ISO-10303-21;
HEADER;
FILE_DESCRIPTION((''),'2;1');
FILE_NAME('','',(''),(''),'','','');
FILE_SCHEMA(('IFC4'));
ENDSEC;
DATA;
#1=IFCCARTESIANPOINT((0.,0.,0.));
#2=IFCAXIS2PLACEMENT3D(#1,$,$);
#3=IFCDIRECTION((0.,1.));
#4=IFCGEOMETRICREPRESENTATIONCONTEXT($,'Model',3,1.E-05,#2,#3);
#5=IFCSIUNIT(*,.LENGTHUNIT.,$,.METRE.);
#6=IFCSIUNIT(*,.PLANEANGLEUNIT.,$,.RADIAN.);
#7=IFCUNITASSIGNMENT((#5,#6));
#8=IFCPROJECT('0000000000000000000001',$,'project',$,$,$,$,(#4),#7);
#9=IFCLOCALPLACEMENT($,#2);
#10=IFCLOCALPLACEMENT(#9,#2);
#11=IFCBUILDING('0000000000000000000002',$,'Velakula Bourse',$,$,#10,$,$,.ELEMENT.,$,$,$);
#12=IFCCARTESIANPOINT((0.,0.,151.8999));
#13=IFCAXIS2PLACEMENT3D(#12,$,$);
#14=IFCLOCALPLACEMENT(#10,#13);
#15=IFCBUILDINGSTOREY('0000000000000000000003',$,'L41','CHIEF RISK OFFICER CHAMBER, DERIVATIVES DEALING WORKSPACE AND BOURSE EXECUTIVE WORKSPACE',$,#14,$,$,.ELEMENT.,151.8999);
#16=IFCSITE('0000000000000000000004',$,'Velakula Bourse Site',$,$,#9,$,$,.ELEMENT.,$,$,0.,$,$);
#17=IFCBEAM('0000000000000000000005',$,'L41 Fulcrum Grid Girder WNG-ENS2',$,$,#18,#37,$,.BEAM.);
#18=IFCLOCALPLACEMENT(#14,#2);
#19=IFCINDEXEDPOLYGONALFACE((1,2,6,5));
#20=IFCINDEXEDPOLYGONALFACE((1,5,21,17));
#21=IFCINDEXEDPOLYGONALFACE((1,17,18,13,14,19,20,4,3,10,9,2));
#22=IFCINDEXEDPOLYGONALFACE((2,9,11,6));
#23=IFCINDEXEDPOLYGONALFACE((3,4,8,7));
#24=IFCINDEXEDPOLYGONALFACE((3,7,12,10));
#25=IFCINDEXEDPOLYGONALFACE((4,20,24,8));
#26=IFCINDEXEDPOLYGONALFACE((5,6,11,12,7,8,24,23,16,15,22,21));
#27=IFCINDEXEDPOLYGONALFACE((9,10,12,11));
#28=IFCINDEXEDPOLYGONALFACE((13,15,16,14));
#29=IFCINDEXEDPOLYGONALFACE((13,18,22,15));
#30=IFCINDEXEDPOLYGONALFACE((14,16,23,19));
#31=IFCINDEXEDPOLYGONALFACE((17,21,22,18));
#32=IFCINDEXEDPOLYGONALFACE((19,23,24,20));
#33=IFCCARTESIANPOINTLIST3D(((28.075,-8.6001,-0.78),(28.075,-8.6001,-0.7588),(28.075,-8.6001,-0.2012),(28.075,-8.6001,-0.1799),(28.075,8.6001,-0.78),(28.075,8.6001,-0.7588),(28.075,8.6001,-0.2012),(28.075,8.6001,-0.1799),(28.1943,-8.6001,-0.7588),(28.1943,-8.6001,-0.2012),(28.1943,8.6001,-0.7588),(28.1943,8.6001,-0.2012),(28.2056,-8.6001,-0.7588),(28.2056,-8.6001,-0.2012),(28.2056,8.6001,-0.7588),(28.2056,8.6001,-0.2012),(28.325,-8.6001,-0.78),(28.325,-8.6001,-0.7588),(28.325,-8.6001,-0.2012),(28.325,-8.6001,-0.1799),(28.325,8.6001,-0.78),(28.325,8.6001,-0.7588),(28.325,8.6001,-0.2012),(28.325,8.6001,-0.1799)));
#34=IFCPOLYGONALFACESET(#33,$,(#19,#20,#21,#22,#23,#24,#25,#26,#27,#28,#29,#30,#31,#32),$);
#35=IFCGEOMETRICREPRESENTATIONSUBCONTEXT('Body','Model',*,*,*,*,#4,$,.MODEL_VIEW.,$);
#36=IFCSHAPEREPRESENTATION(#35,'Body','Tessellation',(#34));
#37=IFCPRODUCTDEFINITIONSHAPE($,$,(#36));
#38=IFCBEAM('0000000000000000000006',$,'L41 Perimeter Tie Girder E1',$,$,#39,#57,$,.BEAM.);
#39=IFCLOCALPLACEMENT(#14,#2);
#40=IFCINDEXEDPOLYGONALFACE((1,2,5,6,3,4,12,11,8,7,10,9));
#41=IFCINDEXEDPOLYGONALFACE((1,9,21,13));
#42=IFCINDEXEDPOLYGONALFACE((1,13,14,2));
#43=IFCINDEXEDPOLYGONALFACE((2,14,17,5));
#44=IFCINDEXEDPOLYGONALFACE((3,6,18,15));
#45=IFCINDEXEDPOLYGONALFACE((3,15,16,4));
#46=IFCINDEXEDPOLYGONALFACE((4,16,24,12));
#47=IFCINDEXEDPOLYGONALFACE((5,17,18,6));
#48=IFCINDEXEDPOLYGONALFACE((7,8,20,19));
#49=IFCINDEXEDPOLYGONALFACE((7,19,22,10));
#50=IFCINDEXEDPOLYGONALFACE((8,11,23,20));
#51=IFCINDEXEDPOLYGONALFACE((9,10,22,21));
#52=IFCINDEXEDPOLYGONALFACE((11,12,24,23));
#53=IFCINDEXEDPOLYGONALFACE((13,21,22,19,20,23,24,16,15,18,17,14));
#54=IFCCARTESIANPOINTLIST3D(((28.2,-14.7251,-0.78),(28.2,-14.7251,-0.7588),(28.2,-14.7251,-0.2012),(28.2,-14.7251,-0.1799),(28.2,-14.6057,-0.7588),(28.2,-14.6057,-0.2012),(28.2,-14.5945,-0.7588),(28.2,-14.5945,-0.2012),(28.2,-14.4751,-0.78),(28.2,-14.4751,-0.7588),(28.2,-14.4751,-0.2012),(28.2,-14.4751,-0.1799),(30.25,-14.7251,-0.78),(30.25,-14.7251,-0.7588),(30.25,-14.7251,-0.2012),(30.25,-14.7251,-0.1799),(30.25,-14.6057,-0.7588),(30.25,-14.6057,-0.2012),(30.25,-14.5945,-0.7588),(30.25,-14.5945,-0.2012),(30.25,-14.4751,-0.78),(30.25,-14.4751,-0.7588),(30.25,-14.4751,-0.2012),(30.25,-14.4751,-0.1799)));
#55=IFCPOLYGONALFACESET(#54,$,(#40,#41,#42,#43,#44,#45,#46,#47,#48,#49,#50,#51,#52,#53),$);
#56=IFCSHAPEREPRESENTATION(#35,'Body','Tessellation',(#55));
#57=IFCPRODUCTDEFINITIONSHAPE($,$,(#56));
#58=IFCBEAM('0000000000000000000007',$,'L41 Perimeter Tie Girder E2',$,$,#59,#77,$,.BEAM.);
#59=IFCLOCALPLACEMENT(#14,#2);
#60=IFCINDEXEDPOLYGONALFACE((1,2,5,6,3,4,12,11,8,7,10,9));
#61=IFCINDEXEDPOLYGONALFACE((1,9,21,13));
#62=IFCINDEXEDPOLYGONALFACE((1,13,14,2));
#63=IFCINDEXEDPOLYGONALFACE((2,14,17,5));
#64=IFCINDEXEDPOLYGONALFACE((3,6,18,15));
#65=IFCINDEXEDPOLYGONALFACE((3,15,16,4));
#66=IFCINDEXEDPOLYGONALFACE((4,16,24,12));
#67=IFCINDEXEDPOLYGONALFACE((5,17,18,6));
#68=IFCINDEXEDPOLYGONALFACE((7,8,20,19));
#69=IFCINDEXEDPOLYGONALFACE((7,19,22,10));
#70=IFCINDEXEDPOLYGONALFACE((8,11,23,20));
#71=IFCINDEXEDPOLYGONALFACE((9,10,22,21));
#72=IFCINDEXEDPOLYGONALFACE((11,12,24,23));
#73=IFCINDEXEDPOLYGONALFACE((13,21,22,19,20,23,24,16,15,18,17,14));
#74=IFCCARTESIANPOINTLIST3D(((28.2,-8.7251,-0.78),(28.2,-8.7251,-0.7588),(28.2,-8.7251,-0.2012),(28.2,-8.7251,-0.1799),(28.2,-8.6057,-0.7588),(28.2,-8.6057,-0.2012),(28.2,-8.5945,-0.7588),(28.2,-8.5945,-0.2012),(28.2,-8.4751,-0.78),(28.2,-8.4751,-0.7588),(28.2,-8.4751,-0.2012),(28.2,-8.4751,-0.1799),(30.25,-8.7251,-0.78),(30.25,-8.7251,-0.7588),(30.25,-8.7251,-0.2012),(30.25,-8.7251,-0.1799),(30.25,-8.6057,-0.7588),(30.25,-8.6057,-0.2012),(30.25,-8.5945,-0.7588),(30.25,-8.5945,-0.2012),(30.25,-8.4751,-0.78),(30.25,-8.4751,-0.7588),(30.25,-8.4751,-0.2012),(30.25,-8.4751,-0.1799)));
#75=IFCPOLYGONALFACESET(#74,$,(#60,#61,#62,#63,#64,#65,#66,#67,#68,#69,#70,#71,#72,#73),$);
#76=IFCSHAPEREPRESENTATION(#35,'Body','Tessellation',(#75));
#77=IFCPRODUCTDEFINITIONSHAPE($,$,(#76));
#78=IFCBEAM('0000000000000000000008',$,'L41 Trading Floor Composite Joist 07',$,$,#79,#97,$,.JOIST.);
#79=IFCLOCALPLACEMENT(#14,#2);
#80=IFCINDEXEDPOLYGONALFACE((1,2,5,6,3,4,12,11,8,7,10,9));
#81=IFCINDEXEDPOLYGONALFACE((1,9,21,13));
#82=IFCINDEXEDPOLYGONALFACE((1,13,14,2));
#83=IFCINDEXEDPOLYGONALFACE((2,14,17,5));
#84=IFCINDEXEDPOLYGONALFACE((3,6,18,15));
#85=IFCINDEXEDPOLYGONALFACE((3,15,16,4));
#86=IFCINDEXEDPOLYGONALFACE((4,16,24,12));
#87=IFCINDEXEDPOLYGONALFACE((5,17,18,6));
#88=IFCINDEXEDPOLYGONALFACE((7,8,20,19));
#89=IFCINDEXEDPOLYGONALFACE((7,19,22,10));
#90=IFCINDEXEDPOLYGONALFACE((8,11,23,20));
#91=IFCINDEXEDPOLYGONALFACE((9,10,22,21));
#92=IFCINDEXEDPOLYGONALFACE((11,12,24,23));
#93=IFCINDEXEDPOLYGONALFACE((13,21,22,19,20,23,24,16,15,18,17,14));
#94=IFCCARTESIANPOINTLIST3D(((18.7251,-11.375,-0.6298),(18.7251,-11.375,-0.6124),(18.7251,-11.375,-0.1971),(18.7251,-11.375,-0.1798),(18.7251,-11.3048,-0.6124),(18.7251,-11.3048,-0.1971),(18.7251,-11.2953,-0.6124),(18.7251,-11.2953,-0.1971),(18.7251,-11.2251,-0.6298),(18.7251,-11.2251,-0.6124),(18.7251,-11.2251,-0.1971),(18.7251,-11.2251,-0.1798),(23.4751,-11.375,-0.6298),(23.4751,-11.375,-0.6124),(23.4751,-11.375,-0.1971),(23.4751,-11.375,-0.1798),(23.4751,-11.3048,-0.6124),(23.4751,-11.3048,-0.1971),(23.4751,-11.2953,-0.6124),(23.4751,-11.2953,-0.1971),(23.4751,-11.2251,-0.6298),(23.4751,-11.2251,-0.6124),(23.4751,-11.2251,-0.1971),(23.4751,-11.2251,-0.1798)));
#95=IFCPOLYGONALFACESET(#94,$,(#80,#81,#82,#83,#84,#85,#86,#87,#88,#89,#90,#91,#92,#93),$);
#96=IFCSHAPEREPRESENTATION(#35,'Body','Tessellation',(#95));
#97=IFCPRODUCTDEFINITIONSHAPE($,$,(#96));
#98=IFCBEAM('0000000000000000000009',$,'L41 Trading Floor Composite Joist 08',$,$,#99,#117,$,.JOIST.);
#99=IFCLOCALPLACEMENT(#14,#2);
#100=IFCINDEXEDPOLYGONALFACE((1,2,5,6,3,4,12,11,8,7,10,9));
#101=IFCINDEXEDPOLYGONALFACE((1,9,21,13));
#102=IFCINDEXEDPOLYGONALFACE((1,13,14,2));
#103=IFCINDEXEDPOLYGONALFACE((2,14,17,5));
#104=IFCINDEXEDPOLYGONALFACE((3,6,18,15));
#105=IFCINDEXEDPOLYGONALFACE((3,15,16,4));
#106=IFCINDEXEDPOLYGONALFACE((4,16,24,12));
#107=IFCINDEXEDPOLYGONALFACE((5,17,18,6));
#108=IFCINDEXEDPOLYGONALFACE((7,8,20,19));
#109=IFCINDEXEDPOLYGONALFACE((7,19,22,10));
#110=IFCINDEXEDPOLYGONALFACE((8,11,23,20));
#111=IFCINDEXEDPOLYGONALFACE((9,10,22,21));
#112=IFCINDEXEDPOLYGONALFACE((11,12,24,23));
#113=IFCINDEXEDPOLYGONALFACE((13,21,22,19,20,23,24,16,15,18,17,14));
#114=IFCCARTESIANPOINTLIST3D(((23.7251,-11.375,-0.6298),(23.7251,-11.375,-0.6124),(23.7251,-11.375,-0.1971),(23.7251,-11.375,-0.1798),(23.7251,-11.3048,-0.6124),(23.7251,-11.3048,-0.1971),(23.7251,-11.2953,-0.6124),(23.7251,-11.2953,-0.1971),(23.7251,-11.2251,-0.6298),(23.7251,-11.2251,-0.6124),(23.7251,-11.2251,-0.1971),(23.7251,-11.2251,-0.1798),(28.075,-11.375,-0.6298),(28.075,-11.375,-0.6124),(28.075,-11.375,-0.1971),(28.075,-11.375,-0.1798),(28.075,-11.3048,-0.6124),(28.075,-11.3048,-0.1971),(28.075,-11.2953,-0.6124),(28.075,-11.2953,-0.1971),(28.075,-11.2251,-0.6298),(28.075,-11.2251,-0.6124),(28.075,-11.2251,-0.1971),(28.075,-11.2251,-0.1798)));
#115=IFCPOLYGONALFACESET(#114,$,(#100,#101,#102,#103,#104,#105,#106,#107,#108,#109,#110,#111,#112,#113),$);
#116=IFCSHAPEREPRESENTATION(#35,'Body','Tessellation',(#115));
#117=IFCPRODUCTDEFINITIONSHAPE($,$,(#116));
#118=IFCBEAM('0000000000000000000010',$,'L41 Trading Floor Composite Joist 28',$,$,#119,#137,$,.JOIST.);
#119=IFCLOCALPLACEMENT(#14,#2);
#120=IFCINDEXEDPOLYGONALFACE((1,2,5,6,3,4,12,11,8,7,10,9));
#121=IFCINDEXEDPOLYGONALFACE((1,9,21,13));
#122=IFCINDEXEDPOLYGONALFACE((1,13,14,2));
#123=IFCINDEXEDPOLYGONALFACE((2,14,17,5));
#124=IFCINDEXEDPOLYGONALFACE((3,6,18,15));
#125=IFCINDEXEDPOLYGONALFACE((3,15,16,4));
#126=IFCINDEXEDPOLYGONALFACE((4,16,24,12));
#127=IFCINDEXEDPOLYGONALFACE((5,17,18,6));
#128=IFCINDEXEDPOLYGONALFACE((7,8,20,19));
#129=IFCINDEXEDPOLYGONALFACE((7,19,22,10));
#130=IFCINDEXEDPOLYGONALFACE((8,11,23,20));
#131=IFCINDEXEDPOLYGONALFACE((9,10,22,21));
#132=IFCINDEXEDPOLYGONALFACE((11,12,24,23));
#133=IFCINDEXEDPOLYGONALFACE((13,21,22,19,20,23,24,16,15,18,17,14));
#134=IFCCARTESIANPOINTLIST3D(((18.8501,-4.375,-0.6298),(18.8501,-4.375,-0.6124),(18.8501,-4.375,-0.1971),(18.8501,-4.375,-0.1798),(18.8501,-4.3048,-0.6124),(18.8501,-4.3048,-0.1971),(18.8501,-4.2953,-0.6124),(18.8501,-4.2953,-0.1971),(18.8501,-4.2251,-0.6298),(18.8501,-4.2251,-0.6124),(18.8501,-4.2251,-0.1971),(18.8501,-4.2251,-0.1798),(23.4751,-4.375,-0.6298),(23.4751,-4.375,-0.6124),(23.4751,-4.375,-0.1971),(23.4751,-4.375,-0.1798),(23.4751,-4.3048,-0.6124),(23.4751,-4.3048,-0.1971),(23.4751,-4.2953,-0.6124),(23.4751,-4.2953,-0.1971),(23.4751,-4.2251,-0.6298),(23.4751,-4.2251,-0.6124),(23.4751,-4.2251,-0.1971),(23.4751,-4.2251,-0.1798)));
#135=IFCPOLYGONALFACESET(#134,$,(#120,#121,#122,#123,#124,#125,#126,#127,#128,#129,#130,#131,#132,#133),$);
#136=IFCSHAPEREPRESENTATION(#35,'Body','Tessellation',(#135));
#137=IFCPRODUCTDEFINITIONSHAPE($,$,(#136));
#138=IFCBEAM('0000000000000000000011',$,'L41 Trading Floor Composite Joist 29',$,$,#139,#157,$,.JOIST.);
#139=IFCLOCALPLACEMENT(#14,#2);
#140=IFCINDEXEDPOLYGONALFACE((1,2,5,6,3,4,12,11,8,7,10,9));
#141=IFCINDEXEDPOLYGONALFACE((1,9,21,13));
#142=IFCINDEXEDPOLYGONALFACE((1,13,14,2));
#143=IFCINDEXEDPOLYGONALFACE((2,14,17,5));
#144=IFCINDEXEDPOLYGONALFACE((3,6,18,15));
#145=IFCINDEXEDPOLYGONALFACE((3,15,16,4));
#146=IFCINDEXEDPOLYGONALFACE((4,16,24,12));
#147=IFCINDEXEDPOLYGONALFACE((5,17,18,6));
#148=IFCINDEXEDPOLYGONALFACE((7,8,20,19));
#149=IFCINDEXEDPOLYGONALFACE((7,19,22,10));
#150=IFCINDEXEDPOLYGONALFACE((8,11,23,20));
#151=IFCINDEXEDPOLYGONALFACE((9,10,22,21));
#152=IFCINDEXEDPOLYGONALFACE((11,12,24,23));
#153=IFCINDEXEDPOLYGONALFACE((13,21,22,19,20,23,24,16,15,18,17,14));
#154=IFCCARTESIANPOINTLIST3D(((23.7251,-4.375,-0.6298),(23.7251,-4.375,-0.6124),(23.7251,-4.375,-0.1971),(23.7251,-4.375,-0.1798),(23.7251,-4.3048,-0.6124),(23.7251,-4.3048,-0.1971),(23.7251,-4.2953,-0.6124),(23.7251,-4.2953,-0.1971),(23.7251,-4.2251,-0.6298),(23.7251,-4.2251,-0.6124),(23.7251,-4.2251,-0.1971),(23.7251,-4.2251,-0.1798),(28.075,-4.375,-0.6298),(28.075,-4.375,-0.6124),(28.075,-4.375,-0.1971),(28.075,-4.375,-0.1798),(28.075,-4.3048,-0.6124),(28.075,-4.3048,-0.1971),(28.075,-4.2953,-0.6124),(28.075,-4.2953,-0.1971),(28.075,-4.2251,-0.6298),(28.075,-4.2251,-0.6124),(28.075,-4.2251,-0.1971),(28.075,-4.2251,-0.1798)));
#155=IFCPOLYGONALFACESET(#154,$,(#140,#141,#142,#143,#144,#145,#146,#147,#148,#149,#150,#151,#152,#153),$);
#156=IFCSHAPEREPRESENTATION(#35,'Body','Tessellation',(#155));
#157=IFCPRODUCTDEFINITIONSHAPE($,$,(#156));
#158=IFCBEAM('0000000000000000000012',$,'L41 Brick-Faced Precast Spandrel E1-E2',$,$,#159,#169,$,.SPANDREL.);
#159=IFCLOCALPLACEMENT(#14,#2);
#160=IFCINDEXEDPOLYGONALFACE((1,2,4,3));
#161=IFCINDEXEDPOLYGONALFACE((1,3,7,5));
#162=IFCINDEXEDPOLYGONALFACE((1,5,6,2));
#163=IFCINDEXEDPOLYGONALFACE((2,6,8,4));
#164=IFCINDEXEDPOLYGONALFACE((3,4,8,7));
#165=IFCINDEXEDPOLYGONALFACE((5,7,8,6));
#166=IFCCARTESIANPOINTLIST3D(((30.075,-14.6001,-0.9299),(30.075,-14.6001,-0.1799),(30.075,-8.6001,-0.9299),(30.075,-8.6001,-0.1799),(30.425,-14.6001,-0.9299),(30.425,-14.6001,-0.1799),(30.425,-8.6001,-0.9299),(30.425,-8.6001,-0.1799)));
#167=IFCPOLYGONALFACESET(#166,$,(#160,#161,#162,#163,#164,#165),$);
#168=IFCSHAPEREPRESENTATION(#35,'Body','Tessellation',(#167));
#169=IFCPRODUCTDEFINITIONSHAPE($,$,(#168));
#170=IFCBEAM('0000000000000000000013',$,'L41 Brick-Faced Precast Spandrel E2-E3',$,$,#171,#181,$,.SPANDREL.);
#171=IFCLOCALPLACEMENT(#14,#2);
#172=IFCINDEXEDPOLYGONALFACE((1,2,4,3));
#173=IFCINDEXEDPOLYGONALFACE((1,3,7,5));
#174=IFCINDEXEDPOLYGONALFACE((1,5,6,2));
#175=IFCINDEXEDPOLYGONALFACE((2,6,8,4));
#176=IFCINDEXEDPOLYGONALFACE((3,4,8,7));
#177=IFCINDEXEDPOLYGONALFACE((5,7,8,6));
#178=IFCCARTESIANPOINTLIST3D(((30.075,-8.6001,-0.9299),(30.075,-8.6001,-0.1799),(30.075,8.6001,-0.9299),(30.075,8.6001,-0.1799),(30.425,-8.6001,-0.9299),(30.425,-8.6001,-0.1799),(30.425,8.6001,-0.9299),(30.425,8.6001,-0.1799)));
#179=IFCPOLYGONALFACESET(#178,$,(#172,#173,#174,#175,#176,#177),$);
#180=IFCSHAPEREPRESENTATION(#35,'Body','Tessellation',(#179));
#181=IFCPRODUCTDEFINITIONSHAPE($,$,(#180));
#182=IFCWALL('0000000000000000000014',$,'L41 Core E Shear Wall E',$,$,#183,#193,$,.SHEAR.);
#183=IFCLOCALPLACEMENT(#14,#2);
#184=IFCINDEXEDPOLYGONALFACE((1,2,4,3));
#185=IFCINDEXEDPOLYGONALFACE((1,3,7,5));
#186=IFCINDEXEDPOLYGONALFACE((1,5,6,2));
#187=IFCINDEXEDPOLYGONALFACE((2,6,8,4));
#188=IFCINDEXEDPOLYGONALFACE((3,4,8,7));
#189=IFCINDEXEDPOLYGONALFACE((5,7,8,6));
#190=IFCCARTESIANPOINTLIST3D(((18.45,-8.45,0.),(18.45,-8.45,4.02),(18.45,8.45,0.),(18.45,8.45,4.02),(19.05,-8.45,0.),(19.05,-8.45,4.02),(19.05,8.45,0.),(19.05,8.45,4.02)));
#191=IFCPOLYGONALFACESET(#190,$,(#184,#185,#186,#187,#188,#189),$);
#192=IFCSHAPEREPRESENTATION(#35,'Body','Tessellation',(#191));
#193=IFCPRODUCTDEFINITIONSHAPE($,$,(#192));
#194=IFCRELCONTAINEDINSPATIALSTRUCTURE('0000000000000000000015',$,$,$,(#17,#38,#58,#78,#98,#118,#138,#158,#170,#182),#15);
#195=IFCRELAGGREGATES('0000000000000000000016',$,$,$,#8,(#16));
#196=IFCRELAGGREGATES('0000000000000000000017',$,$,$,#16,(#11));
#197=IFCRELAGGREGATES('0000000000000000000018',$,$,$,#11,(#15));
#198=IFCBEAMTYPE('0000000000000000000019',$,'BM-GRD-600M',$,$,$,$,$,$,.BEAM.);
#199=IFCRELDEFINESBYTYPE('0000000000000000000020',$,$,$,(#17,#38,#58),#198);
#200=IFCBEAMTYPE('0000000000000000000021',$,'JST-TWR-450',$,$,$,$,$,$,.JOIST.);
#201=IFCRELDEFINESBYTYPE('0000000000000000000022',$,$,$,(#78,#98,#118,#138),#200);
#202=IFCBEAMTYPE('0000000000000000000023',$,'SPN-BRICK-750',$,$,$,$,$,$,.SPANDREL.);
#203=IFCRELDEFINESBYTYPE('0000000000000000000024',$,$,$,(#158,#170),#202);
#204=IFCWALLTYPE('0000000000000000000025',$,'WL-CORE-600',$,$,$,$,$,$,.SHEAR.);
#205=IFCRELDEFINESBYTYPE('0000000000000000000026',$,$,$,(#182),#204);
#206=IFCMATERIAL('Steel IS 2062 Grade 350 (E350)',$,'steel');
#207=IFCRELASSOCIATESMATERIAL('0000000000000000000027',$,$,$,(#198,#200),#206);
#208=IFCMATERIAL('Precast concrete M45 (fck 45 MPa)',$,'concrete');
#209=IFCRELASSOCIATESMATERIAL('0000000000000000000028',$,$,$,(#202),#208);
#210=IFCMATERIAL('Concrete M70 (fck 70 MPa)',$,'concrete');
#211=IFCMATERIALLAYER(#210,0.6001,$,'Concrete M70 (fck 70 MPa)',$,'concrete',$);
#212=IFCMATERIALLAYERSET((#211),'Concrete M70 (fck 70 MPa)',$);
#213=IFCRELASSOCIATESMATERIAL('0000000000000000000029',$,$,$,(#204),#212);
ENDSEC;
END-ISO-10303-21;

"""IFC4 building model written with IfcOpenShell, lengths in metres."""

from ifc_helpers import new_model, si_unit, direction, frame, frame_2d, origin, origin_2d, place, context, subcontext, project, spatial, rectangle, i_section, extrude, material, layer, layer_set, material_profile, profile_set, type_object, element, save


model = new_model("IFC4")

# Units and contexts
model_context = context("Model", 3, precision=1e-05, world=origin(), true_north=direction((0.0, 1.0)))
body_context = subcontext(model_context, "Body", "Model", "MODEL_VIEW")
ifc_project = project(units=[si_unit("LENGTHUNIT", "METRE"), si_unit("PLANEANGLEUNIT", "RADIAN")], contexts=[model_context])

# Site, building, storey
site_placement = place(None, origin())
site = spatial("IfcSite", under=ifc_project, at=site_placement, Name="Velakula Bourse Site", CompositionType="ELEMENT", RefElevation=0.0)
building_placement = place(site_placement, origin())
building = spatial("IfcBuilding", under=site, at=building_placement, Name="Velakula Bourse", CompositionType="ELEMENT")
storey_placement = place(building_placement, frame((0.0, 0.0, 151.8999)))
storey = spatial("IfcBuildingStorey", under=building, at=storey_placement, Name="L41", Description="CHIEF RISK OFFICER CHAMBER, DERIVATIVES DEALING WORKSPACE AND BOURSE EXECUTIVE WORKSPACE", CompositionType="ELEMENT", Elevation=151.8999)

# Shared definitions
ifc_material_1 = material(Name="Concrete M70 (fck 70 MPa)", Category="concrete")
ifc_material_2 = material(Name="Steel IS 2062 Grade 350 (E350)", Category="steel")

# Beams
ifc_material_profile_1 = material_profile(ifc_material_2, i_section(OverallWidth=0.25, OverallDepth=0.6001, WebThickness=0.0112, FlangeThickness=0.0212, at=origin_2d()), Name="Steel IS 2062 Grade 350 (E350)")
ifc_profile_set_1 = profile_set([ifc_material_profile_1], Name="Steel IS 2062 Grade 350 (E350)")
beam_type_1 = type_object("IfcBeamType", Name="BM-GRD-600M", PredefinedType="BEAM", material=ifc_profile_set_1)
beam_1_placement = place(storey_placement, frame((28.2, -8.6001, -0.48), z_axis=(0.0, 1.0, 0.0), x_axis=(-1.0, 0.0, 0.0)))
element("IfcBeam", 1, at=beam_1_placement, inside=storey, type_object=beam_type_1, Name="L41 Fulcrum Grid Girder WNG-ENS2", PredefinedType="BEAM", context=body_context, shape_type="SweptSolid", body=[
    extrude(i_section(OverallWidth=0.25, OverallDepth=0.6001, WebThickness=0.0112, FlangeThickness=0.0212, at=origin_2d()), origin(), (0.0, 0.0, 1.0), 17.2002),
])
for number, where, z_axis, x_axis, name in (
    (2, (28.2, -14.6001, -0.48), (1.0, 0.0, 0.0), (0.0, 1.0, 0.0), "L41 Perimeter Tie Girder E1"),
    (3, (28.2, -8.6001, -0.48), (1.0, 0.0, 0.0), (0.0, 1.0, 0.0), "L41 Perimeter Tie Girder E2"),
):
    element("IfcBeam", number, at=place(storey_placement, frame(where, z_axis=z_axis, x_axis=x_axis)), inside=storey, type_object=beam_type_1, Name=name, PredefinedType="BEAM", context=body_context, shape_type="SweptSolid", body=[
        extrude(i_section(OverallWidth=0.25, OverallDepth=0.6001, WebThickness=0.0112, FlangeThickness=0.0212, at=origin_2d()), origin(), (0.0, 0.0, 1.0), 2.05),
    ])
ifc_material_profile_2 = material_profile(ifc_material_2, i_section(OverallWidth=0.1499, OverallDepth=0.45, WebThickness=0.0095, FlangeThickness=0.0173, at=origin_2d()), Name="Steel IS 2062 Grade 350 (E350)")
ifc_profile_set_2 = profile_set([ifc_material_profile_2], Name="Steel IS 2062 Grade 350 (E350)")
beam_type_2 = type_object("IfcBeamType", Name="JST-TWR-450", PredefinedType="JOIST", material=ifc_profile_set_2)
beam_2_placement = place(storey_placement, frame((18.7251, -11.3, -0.4048), z_axis=(1.0, 0.0, 0.0), x_axis=(0.0, 1.0, 0.0)))
element("IfcBeam", 4, at=beam_2_placement, inside=storey, type_object=beam_type_2, Name="L41 Trading Floor Composite Joist 07", PredefinedType="JOIST", context=body_context, shape_type="SweptSolid", body=[
    extrude(i_section(OverallWidth=0.1499, OverallDepth=0.45, WebThickness=0.0095, FlangeThickness=0.0173, at=origin_2d()), origin(), (0.0, 0.0, 1.0), 4.75),
])
beam_3_placement = place(storey_placement, frame((23.7251, -11.3, -0.4048), z_axis=(1.0, 0.0, 0.0), x_axis=(0.0, 1.0, 0.0)))
element("IfcBeam", 5, at=beam_3_placement, inside=storey, type_object=beam_type_2, Name="L41 Trading Floor Composite Joist 08", PredefinedType="JOIST", context=body_context, shape_type="SweptSolid", body=[
    extrude(i_section(OverallWidth=0.1499, OverallDepth=0.45, WebThickness=0.0095, FlangeThickness=0.0173, at=origin_2d()), origin(), (0.0, 0.0, 1.0), 4.3499),
])
beam_4_placement = place(storey_placement, frame((18.8501, -4.3, -0.4048), z_axis=(1.0, 0.0, 0.0), x_axis=(0.0, 1.0, 0.0)))
element("IfcBeam", 6, at=beam_4_placement, inside=storey, type_object=beam_type_2, Name="L41 Trading Floor Composite Joist 28", PredefinedType="JOIST", context=body_context, shape_type="SweptSolid", body=[
    extrude(i_section(OverallWidth=0.1499, OverallDepth=0.45, WebThickness=0.0095, FlangeThickness=0.0173, at=origin_2d()), origin(), (0.0, 0.0, 1.0), 4.625),
])
beam_5_placement = place(storey_placement, frame((23.7251, -4.3, -0.4048), z_axis=(1.0, 0.0, 0.0), x_axis=(0.0, 1.0, 0.0)))
element("IfcBeam", 7, at=beam_5_placement, inside=storey, type_object=beam_type_2, Name="L41 Trading Floor Composite Joist 29", PredefinedType="JOIST", context=body_context, shape_type="SweptSolid", body=[
    extrude(i_section(OverallWidth=0.1499, OverallDepth=0.45, WebThickness=0.0095, FlangeThickness=0.0173, at=origin_2d()), origin(), (0.0, 0.0, 1.0), 4.3499),
])
ifc_material_3 = material(Name="Precast concrete M45 (fck 45 MPa)", Category="concrete")
ifc_material_profile_3 = material_profile(ifc_material_3, rectangle(XDim=0.3501, YDim=0.75, at=origin_2d()), Name="Precast concrete M45 (fck 45 MPa)")
ifc_profile_set_3 = profile_set([ifc_material_profile_3], Name="Precast concrete M45 (fck 45 MPa)")
beam_type_3 = type_object("IfcBeamType", Name="SPN-BRICK-750", PredefinedType="SPANDREL", material=ifc_profile_set_3)
beam_6_placement = place(storey_placement, frame((30.25, -14.6001, -0.5549), z_axis=(0.0, 1.0, 0.0), x_axis=(-1.0, 0.0, 0.0)))
element("IfcBeam", 8, at=beam_6_placement, inside=storey, type_object=beam_type_3, Name="L41 Brick-Faced Precast Spandrel E1-E2", PredefinedType="SPANDREL", context=body_context, shape_type="SweptSolid", body=[
    extrude(rectangle(XDim=0.3501, YDim=0.75, at=origin_2d()), origin(), (0.0, 0.0, 1.0), 6.0),
])
beam_7_placement = place(storey_placement, frame((30.25, -8.6001, -0.5549), z_axis=(0.0, 1.0, 0.0), x_axis=(-1.0, 0.0, 0.0)))
element("IfcBeam", 9, at=beam_7_placement, inside=storey, type_object=beam_type_3, Name="L41 Brick-Faced Precast Spandrel E2-E3", PredefinedType="SPANDREL", context=body_context, shape_type="SweptSolid", body=[
    extrude(rectangle(XDim=0.3501, YDim=0.75, at=origin_2d()), origin(), (0.0, 0.0, 1.0), 17.2002),
])

# Wall
ifc_layer_1 = layer(ifc_material_1, 0.6001, Name="Concrete M70 (fck 70 MPa)", Category="concrete")
ifc_layer_set_1 = layer_set([ifc_layer_1], Name="Concrete M70 (fck 70 MPa)")
wall_type_1 = type_object("IfcWallType", Name="WL-CORE-600", PredefinedType="SHEAR", material=ifc_layer_set_1)
wall_1_placement = place(storey_placement, frame((18.75, -8.45, 0.0), z_axis=(0.0, 0.0, 1.0), x_axis=(0.0, 1.0, 0.0)))
element("IfcWall", 10, at=wall_1_placement, inside=storey, type_object=wall_type_1, Name="L41 Core E Shear Wall E", PredefinedType="SHEAR", context=body_context, shape_type="SweptSolid", body=[
    extrude(rectangle(XDim=16.8999, YDim=0.6001, at=frame_2d((8.45, 0.0))), origin(), (0.0, 0.0, 1.0), 4.02),
])

save(model, "model.ifc")
